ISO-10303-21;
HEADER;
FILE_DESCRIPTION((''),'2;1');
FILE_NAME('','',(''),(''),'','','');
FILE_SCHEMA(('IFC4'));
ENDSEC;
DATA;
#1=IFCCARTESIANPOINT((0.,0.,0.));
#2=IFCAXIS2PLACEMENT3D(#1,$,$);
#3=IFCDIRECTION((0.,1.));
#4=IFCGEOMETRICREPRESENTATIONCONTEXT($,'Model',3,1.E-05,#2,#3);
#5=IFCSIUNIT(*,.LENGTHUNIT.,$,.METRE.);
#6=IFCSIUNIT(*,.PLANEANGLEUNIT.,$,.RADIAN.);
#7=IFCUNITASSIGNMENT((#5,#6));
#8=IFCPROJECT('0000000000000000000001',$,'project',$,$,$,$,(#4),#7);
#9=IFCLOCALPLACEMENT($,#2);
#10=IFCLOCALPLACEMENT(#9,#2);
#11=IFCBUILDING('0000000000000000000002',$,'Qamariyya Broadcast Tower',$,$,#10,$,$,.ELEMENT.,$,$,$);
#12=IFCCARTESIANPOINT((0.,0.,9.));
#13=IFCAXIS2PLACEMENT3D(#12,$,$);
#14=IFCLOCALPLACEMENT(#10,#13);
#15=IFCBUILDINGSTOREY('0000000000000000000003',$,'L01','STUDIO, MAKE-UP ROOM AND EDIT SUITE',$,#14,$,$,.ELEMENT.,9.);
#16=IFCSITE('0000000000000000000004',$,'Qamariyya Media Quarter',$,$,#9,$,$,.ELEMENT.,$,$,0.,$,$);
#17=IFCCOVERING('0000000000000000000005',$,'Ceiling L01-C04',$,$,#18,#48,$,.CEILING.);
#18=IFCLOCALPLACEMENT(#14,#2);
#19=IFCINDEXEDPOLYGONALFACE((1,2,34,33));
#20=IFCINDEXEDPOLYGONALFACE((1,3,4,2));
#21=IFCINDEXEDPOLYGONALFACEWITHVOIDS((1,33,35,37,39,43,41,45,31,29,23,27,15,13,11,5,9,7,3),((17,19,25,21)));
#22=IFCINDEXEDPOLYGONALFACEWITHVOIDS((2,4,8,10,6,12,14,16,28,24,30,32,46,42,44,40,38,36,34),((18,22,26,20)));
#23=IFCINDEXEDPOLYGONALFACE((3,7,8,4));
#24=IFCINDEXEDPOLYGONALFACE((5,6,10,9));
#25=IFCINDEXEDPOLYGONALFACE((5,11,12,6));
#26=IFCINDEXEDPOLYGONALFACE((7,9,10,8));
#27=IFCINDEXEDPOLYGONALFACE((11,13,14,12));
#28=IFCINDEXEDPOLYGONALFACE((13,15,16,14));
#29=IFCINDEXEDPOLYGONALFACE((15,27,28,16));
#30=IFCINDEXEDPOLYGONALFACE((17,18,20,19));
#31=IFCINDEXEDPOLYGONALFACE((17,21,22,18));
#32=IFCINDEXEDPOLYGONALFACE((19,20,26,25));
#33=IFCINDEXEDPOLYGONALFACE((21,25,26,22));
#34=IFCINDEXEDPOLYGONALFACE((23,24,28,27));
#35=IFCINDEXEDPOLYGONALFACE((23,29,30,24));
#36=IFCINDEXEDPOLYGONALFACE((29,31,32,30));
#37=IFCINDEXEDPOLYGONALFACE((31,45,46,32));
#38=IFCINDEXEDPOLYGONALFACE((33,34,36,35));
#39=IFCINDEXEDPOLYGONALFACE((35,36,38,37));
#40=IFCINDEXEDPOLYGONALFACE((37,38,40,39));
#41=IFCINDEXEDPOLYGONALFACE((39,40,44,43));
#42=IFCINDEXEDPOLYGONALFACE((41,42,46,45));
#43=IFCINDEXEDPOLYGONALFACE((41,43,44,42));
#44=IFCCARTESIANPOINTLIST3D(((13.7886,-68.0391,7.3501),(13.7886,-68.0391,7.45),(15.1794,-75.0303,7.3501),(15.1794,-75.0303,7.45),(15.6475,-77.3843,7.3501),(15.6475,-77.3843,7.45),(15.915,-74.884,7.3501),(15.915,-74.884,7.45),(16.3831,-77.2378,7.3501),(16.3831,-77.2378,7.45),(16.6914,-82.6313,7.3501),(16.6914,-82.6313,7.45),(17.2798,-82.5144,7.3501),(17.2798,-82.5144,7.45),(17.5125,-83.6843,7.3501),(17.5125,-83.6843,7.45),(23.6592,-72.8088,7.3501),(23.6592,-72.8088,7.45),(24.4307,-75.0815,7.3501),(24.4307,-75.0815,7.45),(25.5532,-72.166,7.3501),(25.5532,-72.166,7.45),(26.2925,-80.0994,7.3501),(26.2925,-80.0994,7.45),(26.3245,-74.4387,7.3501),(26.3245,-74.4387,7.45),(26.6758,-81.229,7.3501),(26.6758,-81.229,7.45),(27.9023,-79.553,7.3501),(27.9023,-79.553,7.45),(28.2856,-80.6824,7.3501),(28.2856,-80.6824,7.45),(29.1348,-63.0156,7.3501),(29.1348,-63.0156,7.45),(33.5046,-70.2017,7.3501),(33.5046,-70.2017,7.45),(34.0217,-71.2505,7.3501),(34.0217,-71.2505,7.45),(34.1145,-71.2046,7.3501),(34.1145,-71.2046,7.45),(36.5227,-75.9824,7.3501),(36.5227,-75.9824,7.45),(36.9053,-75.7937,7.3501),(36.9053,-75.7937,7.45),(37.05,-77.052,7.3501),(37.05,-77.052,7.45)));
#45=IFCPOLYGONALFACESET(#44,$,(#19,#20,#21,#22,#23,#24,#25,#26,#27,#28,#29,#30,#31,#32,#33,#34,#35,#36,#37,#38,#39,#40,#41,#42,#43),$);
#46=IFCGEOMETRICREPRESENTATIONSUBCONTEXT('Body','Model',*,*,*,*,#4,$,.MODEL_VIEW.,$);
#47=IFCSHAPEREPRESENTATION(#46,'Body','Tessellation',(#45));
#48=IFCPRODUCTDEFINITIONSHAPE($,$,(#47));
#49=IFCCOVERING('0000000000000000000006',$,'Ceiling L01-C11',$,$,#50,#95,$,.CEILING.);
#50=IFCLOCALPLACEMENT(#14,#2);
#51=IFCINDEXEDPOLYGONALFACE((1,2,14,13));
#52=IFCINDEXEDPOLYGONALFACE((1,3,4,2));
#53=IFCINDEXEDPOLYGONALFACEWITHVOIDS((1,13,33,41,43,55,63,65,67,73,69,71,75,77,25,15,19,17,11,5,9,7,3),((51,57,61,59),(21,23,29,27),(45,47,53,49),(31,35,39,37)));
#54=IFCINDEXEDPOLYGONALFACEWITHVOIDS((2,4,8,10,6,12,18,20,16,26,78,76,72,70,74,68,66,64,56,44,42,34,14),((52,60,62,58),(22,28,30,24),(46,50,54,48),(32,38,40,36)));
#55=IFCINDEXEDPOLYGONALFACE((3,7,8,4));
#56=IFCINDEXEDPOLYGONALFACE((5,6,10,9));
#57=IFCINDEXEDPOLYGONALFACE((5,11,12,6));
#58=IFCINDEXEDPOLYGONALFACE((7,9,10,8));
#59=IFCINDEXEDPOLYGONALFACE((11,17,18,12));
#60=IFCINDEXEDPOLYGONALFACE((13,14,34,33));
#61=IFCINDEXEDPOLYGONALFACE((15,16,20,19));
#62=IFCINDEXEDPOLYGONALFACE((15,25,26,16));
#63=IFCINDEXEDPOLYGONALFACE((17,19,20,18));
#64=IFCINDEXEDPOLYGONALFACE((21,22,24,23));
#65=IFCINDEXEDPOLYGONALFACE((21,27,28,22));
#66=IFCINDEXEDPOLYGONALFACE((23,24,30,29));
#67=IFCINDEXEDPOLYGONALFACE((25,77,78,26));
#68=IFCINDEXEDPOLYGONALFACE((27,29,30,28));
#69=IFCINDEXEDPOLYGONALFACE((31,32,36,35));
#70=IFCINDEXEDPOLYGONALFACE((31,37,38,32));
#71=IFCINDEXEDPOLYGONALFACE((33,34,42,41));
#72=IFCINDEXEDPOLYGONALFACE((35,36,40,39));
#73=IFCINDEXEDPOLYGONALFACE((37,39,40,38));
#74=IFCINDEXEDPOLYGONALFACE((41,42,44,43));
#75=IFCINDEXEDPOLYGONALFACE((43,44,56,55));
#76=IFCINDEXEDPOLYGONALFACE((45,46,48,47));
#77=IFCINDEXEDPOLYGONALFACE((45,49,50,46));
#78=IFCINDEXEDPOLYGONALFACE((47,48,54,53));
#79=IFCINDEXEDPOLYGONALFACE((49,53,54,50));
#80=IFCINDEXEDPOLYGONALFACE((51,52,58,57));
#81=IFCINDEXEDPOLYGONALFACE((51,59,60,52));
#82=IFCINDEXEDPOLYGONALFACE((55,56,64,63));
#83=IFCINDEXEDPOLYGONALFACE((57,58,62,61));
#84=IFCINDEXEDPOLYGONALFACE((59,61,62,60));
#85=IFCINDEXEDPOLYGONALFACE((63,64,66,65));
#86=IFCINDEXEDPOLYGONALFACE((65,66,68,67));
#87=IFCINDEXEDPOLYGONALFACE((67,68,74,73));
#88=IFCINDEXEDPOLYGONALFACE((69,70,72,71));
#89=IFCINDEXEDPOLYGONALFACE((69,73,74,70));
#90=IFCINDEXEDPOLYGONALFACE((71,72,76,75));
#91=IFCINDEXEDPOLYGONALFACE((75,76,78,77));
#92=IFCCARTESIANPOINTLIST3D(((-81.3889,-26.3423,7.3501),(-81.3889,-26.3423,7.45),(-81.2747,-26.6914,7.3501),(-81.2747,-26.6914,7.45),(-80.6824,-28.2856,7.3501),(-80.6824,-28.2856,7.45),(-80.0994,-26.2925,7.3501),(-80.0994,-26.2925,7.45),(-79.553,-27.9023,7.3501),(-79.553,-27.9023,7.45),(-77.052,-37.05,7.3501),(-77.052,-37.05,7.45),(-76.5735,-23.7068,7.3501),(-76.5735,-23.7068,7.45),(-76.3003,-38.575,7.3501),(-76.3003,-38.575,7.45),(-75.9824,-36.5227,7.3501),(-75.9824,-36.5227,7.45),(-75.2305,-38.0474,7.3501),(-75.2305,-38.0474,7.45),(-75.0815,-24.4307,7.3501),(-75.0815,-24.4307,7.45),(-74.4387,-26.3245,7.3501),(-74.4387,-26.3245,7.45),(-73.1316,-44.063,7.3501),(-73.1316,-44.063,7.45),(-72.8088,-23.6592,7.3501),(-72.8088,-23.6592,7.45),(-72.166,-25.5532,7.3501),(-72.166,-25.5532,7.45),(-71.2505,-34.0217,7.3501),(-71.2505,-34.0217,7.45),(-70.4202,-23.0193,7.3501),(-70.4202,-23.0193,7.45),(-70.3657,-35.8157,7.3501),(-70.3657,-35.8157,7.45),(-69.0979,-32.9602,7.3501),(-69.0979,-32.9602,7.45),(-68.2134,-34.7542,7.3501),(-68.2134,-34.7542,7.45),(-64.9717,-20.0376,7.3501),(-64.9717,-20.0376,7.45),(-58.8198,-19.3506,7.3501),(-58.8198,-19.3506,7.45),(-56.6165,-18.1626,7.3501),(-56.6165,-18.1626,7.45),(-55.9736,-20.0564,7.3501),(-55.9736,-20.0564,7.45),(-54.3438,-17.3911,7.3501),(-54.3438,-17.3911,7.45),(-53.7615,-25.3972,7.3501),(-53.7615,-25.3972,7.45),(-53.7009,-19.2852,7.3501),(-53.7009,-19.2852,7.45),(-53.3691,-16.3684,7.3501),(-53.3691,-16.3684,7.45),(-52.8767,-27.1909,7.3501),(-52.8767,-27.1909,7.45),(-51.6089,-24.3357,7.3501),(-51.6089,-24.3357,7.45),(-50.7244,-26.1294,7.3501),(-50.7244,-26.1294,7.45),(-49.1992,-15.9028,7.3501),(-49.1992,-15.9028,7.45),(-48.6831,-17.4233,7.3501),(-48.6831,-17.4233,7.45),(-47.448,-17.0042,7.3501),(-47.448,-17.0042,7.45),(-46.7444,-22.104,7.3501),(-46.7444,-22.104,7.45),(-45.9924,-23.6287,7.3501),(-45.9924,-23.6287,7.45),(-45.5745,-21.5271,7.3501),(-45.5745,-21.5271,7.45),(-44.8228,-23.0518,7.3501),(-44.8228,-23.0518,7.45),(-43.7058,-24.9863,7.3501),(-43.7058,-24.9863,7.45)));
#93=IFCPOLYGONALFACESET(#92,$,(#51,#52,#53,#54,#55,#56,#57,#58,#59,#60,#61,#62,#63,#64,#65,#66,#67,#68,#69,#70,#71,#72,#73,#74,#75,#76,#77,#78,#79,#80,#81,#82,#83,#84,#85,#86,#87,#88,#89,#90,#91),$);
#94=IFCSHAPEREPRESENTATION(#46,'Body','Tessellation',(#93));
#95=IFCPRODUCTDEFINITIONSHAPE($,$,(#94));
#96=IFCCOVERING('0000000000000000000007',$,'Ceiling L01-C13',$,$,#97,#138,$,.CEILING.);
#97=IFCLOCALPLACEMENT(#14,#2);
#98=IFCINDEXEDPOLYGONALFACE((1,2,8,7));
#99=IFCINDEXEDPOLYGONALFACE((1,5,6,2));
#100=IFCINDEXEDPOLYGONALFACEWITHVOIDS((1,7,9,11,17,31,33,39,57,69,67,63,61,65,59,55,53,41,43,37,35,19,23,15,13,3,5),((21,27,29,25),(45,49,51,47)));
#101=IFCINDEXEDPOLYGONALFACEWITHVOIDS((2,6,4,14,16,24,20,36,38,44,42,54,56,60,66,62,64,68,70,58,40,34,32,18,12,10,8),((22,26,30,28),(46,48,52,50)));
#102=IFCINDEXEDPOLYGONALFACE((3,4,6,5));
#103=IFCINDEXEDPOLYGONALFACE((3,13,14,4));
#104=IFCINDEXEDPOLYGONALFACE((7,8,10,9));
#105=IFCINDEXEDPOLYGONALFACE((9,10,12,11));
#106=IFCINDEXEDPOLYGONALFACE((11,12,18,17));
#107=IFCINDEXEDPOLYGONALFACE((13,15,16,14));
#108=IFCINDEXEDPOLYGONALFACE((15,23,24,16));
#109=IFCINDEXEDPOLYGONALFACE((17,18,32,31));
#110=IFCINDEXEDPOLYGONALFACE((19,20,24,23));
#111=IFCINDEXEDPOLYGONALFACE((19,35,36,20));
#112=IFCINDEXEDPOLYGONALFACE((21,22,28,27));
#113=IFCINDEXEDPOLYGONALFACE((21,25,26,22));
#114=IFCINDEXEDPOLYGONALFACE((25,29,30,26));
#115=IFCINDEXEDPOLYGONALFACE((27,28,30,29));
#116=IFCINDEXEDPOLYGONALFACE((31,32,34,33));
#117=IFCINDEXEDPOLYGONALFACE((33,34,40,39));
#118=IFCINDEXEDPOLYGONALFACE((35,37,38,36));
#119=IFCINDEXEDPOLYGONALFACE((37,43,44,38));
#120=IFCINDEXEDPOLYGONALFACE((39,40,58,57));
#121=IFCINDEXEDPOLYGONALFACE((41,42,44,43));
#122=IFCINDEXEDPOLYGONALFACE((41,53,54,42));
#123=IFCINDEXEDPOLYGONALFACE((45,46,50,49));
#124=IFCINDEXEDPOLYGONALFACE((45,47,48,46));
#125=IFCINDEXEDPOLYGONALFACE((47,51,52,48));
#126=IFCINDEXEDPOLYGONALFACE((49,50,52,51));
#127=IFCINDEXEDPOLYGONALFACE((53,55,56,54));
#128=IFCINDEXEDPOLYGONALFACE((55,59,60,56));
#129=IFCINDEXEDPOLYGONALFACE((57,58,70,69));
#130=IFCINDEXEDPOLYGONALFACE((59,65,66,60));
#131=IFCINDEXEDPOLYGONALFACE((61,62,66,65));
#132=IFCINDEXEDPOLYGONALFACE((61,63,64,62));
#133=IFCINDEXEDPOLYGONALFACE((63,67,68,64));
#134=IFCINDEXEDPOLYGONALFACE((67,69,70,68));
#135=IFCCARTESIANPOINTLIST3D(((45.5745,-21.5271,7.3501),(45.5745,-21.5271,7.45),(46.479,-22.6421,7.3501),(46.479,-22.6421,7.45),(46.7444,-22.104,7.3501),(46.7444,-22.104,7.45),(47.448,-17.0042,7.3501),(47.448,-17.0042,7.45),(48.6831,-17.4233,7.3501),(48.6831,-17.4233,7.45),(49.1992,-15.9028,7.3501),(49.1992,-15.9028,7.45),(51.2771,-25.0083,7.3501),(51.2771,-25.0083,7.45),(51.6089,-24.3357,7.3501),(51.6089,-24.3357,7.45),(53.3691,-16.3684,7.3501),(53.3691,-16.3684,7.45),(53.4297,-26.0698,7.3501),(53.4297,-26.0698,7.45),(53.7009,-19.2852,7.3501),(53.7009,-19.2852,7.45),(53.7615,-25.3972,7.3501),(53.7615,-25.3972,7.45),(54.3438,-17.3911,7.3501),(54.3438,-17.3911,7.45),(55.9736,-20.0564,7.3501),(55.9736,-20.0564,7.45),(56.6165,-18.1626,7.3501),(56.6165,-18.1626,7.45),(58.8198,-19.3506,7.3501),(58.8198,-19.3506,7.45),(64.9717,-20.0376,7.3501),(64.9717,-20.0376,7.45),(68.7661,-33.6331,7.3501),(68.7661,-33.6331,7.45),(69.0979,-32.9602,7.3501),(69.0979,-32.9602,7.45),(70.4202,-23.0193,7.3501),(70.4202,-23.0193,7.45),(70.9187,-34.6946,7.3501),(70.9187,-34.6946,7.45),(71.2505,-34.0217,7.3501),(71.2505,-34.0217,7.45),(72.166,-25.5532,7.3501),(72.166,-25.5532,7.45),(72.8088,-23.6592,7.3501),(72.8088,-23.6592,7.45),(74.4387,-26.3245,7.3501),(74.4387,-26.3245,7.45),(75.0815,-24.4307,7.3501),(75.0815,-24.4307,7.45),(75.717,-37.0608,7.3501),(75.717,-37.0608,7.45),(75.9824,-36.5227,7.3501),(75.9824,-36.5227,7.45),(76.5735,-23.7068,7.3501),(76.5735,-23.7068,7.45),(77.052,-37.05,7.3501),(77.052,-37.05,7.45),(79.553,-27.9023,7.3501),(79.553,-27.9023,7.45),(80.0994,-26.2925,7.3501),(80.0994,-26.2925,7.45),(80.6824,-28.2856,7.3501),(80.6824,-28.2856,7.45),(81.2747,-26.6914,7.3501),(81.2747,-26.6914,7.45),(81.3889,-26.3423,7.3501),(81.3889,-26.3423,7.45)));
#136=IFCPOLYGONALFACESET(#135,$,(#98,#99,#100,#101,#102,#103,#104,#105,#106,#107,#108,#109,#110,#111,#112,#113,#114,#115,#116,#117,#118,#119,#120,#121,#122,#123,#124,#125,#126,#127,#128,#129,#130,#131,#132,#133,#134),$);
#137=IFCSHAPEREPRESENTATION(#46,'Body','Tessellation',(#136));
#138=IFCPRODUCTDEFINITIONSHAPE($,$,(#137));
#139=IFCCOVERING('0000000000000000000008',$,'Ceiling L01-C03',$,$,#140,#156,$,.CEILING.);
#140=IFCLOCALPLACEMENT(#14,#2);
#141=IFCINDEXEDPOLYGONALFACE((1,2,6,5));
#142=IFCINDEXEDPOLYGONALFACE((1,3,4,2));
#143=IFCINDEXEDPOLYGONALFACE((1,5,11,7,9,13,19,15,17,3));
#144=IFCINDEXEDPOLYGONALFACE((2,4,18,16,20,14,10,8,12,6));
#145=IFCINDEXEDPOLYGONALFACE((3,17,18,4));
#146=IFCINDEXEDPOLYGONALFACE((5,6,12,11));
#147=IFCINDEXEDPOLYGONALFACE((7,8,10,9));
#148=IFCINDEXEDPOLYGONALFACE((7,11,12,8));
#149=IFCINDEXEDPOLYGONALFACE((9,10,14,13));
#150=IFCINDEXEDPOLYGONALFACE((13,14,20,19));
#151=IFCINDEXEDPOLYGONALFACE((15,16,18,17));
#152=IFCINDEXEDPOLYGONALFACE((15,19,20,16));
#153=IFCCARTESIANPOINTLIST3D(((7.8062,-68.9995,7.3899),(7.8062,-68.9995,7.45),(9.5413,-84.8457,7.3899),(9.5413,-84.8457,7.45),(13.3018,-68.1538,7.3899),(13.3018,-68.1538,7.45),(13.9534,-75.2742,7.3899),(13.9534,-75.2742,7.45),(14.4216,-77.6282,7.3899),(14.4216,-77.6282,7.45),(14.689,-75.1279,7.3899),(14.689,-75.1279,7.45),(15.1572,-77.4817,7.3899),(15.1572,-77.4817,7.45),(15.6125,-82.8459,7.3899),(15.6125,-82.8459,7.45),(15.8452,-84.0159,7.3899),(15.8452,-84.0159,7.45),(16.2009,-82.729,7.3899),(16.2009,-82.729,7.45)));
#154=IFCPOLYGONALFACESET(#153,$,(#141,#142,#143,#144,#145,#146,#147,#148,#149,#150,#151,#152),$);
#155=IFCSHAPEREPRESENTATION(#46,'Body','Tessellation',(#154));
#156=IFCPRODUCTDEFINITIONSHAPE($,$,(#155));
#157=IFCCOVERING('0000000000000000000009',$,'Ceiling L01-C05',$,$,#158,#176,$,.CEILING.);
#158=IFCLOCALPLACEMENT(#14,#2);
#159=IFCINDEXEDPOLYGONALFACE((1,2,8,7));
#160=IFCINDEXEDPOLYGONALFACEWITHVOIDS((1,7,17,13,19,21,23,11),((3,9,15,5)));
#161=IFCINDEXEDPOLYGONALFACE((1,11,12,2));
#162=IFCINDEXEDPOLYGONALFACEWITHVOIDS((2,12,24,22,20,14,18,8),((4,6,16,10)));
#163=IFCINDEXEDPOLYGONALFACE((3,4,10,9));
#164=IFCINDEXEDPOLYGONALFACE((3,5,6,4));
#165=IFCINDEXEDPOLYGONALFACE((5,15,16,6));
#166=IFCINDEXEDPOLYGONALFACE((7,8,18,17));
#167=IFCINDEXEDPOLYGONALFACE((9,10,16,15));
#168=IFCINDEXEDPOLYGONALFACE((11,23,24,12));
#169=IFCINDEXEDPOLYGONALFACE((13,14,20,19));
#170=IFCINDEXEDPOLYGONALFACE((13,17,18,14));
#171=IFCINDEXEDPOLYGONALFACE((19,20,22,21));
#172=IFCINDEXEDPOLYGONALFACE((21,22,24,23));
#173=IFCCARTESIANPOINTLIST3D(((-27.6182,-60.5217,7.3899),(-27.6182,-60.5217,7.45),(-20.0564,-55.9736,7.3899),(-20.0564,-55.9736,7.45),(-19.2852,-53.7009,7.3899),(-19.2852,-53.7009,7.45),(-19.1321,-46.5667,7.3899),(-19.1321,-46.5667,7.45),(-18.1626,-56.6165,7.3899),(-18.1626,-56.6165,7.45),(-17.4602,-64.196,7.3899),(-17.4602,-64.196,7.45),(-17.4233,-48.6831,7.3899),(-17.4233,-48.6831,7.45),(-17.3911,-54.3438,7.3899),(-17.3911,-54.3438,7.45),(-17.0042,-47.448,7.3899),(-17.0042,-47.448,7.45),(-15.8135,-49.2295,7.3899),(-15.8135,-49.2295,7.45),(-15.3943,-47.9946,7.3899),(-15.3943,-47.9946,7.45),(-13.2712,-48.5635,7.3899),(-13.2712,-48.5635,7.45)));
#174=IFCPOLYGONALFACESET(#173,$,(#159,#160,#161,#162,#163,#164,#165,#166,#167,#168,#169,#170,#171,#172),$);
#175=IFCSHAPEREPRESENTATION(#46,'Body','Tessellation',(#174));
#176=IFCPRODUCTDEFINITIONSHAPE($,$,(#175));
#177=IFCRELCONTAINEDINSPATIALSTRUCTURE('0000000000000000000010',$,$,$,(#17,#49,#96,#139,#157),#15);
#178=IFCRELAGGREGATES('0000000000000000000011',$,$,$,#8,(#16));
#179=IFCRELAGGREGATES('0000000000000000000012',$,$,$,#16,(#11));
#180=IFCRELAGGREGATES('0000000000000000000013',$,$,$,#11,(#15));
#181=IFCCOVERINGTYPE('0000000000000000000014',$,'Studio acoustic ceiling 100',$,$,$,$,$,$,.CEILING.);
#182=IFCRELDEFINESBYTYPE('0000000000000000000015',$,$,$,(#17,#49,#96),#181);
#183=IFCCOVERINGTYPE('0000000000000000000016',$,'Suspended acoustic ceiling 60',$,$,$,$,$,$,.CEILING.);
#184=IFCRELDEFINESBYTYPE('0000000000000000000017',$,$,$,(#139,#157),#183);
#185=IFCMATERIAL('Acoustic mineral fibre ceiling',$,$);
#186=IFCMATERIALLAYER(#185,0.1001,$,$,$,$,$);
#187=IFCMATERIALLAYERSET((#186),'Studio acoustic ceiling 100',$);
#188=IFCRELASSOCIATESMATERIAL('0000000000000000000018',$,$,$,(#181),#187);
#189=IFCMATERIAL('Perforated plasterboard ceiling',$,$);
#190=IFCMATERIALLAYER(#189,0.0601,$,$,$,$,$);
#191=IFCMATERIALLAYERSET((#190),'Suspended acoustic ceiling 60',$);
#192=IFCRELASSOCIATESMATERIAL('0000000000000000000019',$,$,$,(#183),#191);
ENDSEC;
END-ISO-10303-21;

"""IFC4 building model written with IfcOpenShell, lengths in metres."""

from ifc_helpers import new_model, si_unit, direction, frame, origin, place, context, subcontext, project, spatial, polyline, outline, extrude, material, layer, layer_set, type_object, element, save


model = new_model("IFC4")

# Units and contexts
model_context = context("Model", 3, precision=1e-05, world=origin(), true_north=direction((0.0, 1.0)))
body_context = subcontext(model_context, "Body", "Model", "MODEL_VIEW")
ifc_project = project(units=[si_unit("LENGTHUNIT", "METRE"), si_unit("PLANEANGLEUNIT", "RADIAN")], contexts=[model_context])

# Site, building, storey
site_placement = place(None, origin())
site = spatial("IfcSite", under=ifc_project, at=site_placement, Name="Qamariyya Media Quarter", CompositionType="ELEMENT", RefElevation=0.0)
building_placement = place(site_placement, origin())
building = spatial("IfcBuilding", under=site, at=building_placement, Name="Qamariyya Broadcast Tower", CompositionType="ELEMENT")
storey_placement = place(building_placement, frame((0.0, 0.0, 9.0)))
storey = spatial("IfcBuildingStorey", under=building, at=storey_placement, Name="L01", Description="STUDIO, MAKE-UP ROOM AND EDIT SUITE", CompositionType="ELEMENT", Elevation=9.0)

# Coverings
ifc_material_1 = material(Name="Acoustic mineral fibre ceiling")
ifc_layer_1 = layer(ifc_material_1, 0.1001)
ifc_layer_set_1 = layer_set([ifc_layer_1], Name="Studio acoustic ceiling 100")
covering_type_1 = type_object("IfcCoveringType", Name="Studio acoustic ceiling 100", PredefinedType="CEILING", material=ifc_layer_set_1)
covering_1_placement = place(storey_placement, frame((0.0, 0.0, 7.3501)))
element("IfcCovering", 1, at=covering_1_placement, inside=storey, type_object=covering_type_1, Name="Ceiling L01-C04", PredefinedType="CEILING", context=body_context, shape_type="SweptSolid", body=[
    extrude(outline(polyline([(33.5046, -70.2017), (34.0217, -71.2505), (34.1145, -71.2046), (36.9053, -75.7937), (36.5227, -75.9824), (37.05, -77.052), (28.2856, -80.6824), (27.9023, -79.553), (26.2925, -80.0994), (26.6758, -81.229), (17.5125, -83.6843), (17.2798, -82.5144), (16.6914, -82.6313), (15.6475, -77.3843), (16.3831, -77.2378), (15.915, -74.884), (15.1794, -75.0303), (13.7886, -68.0391), (29.1348, -63.0156), (33.5046, -70.2017)]), holes=[polyline([(24.4307, -75.0815), (26.3245, -74.4387), (25.5532, -72.166), (23.6592, -72.8088), (24.4307, -75.0815)])]), origin(), (0.0, 0.0, 1.0), 0.0999),
])
covering_2_placement = place(storey_placement, frame((0.0, 0.0, 7.3501)))
element("IfcCovering", 2, at=covering_2_placement, inside=storey, type_object=covering_type_1, Name="Ceiling L01-C11", PredefinedType="CEILING", context=body_context, shape_type="SweptSolid", body=[
    extrude(outline(polyline([(-48.6831, -17.4233), (-47.448, -17.0042), (-45.5745, -21.5271), (-46.7444, -22.104), (-45.9924, -23.6287), (-44.8228, -23.0518), (-43.7058, -24.9863), (-73.1316, -44.063), (-76.3003, -38.575), (-75.2305, -38.0474), (-75.9824, -36.5227), (-77.052, -37.05), (-80.6824, -28.2856), (-79.553, -27.9023), (-80.0994, -26.2925), (-81.2747, -26.6914), (-81.3889, -26.3423), (-76.5735, -23.7068), (-70.4202, -23.0193), (-64.9717, -20.0376), (-58.8198, -19.3506), (-53.3691, -16.3684), (-49.1992, -15.9028), (-48.6831, -17.4233)]), holes=[polyline([(-53.7615, -25.3972), (-52.8767, -27.1909), (-50.7244, -26.1294), (-51.6089, -24.3357), (-53.7615, -25.3972)]), polyline([(-56.6165, -18.1626), (-55.9736, -20.0564), (-53.7009, -19.2852), (-54.3438, -17.3911), (-56.6165, -18.1626)]), polyline([(-71.2505, -34.0217), (-70.3657, -35.8157), (-68.2134, -34.7542), (-69.0979, -32.9602), (-71.2505, -34.0217)]), polyline([(-72.8088, -23.6592), (-75.0815, -24.4307), (-74.4387, -26.3245), (-72.166, -25.5532), (-72.8088, -23.6592)])]), origin(), (0.0, 0.0, 1.0), 0.0999),
])
covering_3_placement = place(storey_placement, frame((0.0, 0.0, 7.3501)))
element("IfcCovering", 3, at=covering_3_placement, inside=storey, type_object=covering_type_1, Name="Ceiling L01-C13", PredefinedType="CEILING", context=body_context, shape_type="SweptSolid", body=[
    extrude(outline(polyline([(53.3691, -16.3684), (58.8198, -19.3506), (64.9717, -20.0376), (70.4202, -23.0193), (76.5735, -23.7068), (81.3889, -26.3423), (81.2747, -26.6914), (80.0994, -26.2925), (79.553, -27.9023), (80.6824, -28.2856), (77.052, -37.05), (75.9824, -36.5227), (75.717, -37.0608), (70.9187, -34.6946), (71.2505, -34.0217), (69.0979, -32.9602), (68.7661, -33.6331), (53.4297, -26.0698), (53.7615, -25.3972), (51.6089, -24.3357), (51.2771, -25.0083), (46.479, -22.6421), (46.7444, -22.104), (45.5745, -21.5271), (47.448, -17.0042), (48.6831, -17.4233), (49.1992, -15.9028), (53.3691, -16.3684)]), holes=[polyline([(74.4387, -26.3245), (75.0815, -24.4307), (72.8088, -23.6592), (72.166, -25.5532), (74.4387, -26.3245)]), polyline([(53.7009, -19.2852), (55.9736, -20.0564), (56.6165, -18.1626), (54.3438, -17.3911), (53.7009, -19.2852)])]), origin(), (0.0, 0.0, 1.0), 0.0999),
])
ifc_material_2 = material(Name="Perforated plasterboard ceiling")
ifc_layer_2 = layer(ifc_material_2, 0.0601)
ifc_layer_set_2 = layer_set([ifc_layer_2], Name="Suspended acoustic ceiling 60")
covering_type_2 = type_object("IfcCoveringType", Name="Suspended acoustic ceiling 60", PredefinedType="CEILING", material=ifc_layer_set_2)
covering_4_placement = place(storey_placement, frame((0.0, 0.0, 7.3899)))
element("IfcCovering", 4, at=covering_4_placement, inside=storey, type_object=covering_type_2, Name="Ceiling L01-C03", PredefinedType="CEILING", context=body_context, shape_type="SweptSolid", body=[
    extrude(outline(polyline([(14.689, -75.1279), (13.9534, -75.2742), (14.4216, -77.6282), (15.1572, -77.4817), (16.2009, -82.729), (15.6125, -82.8459), (15.8452, -84.0159), (9.5413, -84.8457), (7.8062, -68.9995), (13.3018, -68.1538), (14.689, -75.1279)])), origin(), (0.0, 0.0, 1.0), 0.0601),
])
covering_5_placement = place(storey_placement, frame((0.0, 0.0, 7.3899)))
element("IfcCovering", 5, at=covering_5_placement, inside=storey, type_object=covering_type_2, Name="Ceiling L01-C05", PredefinedType="CEILING", context=body_context, shape_type="SweptSolid", body=[
    extrude(outline(polyline([(-19.1321, -46.5667), (-17.0042, -47.448), (-17.4233, -48.6831), (-15.8135, -49.2295), (-15.3943, -47.9946), (-13.2712, -48.5635), (-17.4602, -64.196), (-27.6182, -60.5217), (-19.1321, -46.5667)]), holes=[polyline([(-20.0564, -55.9736), (-18.1626, -56.6165), (-17.3911, -54.3438), (-19.2852, -53.7009), (-20.0564, -55.9736)])]), origin(), (0.0, 0.0, 1.0), 0.0601),
])

save(model, "model.ifc")
